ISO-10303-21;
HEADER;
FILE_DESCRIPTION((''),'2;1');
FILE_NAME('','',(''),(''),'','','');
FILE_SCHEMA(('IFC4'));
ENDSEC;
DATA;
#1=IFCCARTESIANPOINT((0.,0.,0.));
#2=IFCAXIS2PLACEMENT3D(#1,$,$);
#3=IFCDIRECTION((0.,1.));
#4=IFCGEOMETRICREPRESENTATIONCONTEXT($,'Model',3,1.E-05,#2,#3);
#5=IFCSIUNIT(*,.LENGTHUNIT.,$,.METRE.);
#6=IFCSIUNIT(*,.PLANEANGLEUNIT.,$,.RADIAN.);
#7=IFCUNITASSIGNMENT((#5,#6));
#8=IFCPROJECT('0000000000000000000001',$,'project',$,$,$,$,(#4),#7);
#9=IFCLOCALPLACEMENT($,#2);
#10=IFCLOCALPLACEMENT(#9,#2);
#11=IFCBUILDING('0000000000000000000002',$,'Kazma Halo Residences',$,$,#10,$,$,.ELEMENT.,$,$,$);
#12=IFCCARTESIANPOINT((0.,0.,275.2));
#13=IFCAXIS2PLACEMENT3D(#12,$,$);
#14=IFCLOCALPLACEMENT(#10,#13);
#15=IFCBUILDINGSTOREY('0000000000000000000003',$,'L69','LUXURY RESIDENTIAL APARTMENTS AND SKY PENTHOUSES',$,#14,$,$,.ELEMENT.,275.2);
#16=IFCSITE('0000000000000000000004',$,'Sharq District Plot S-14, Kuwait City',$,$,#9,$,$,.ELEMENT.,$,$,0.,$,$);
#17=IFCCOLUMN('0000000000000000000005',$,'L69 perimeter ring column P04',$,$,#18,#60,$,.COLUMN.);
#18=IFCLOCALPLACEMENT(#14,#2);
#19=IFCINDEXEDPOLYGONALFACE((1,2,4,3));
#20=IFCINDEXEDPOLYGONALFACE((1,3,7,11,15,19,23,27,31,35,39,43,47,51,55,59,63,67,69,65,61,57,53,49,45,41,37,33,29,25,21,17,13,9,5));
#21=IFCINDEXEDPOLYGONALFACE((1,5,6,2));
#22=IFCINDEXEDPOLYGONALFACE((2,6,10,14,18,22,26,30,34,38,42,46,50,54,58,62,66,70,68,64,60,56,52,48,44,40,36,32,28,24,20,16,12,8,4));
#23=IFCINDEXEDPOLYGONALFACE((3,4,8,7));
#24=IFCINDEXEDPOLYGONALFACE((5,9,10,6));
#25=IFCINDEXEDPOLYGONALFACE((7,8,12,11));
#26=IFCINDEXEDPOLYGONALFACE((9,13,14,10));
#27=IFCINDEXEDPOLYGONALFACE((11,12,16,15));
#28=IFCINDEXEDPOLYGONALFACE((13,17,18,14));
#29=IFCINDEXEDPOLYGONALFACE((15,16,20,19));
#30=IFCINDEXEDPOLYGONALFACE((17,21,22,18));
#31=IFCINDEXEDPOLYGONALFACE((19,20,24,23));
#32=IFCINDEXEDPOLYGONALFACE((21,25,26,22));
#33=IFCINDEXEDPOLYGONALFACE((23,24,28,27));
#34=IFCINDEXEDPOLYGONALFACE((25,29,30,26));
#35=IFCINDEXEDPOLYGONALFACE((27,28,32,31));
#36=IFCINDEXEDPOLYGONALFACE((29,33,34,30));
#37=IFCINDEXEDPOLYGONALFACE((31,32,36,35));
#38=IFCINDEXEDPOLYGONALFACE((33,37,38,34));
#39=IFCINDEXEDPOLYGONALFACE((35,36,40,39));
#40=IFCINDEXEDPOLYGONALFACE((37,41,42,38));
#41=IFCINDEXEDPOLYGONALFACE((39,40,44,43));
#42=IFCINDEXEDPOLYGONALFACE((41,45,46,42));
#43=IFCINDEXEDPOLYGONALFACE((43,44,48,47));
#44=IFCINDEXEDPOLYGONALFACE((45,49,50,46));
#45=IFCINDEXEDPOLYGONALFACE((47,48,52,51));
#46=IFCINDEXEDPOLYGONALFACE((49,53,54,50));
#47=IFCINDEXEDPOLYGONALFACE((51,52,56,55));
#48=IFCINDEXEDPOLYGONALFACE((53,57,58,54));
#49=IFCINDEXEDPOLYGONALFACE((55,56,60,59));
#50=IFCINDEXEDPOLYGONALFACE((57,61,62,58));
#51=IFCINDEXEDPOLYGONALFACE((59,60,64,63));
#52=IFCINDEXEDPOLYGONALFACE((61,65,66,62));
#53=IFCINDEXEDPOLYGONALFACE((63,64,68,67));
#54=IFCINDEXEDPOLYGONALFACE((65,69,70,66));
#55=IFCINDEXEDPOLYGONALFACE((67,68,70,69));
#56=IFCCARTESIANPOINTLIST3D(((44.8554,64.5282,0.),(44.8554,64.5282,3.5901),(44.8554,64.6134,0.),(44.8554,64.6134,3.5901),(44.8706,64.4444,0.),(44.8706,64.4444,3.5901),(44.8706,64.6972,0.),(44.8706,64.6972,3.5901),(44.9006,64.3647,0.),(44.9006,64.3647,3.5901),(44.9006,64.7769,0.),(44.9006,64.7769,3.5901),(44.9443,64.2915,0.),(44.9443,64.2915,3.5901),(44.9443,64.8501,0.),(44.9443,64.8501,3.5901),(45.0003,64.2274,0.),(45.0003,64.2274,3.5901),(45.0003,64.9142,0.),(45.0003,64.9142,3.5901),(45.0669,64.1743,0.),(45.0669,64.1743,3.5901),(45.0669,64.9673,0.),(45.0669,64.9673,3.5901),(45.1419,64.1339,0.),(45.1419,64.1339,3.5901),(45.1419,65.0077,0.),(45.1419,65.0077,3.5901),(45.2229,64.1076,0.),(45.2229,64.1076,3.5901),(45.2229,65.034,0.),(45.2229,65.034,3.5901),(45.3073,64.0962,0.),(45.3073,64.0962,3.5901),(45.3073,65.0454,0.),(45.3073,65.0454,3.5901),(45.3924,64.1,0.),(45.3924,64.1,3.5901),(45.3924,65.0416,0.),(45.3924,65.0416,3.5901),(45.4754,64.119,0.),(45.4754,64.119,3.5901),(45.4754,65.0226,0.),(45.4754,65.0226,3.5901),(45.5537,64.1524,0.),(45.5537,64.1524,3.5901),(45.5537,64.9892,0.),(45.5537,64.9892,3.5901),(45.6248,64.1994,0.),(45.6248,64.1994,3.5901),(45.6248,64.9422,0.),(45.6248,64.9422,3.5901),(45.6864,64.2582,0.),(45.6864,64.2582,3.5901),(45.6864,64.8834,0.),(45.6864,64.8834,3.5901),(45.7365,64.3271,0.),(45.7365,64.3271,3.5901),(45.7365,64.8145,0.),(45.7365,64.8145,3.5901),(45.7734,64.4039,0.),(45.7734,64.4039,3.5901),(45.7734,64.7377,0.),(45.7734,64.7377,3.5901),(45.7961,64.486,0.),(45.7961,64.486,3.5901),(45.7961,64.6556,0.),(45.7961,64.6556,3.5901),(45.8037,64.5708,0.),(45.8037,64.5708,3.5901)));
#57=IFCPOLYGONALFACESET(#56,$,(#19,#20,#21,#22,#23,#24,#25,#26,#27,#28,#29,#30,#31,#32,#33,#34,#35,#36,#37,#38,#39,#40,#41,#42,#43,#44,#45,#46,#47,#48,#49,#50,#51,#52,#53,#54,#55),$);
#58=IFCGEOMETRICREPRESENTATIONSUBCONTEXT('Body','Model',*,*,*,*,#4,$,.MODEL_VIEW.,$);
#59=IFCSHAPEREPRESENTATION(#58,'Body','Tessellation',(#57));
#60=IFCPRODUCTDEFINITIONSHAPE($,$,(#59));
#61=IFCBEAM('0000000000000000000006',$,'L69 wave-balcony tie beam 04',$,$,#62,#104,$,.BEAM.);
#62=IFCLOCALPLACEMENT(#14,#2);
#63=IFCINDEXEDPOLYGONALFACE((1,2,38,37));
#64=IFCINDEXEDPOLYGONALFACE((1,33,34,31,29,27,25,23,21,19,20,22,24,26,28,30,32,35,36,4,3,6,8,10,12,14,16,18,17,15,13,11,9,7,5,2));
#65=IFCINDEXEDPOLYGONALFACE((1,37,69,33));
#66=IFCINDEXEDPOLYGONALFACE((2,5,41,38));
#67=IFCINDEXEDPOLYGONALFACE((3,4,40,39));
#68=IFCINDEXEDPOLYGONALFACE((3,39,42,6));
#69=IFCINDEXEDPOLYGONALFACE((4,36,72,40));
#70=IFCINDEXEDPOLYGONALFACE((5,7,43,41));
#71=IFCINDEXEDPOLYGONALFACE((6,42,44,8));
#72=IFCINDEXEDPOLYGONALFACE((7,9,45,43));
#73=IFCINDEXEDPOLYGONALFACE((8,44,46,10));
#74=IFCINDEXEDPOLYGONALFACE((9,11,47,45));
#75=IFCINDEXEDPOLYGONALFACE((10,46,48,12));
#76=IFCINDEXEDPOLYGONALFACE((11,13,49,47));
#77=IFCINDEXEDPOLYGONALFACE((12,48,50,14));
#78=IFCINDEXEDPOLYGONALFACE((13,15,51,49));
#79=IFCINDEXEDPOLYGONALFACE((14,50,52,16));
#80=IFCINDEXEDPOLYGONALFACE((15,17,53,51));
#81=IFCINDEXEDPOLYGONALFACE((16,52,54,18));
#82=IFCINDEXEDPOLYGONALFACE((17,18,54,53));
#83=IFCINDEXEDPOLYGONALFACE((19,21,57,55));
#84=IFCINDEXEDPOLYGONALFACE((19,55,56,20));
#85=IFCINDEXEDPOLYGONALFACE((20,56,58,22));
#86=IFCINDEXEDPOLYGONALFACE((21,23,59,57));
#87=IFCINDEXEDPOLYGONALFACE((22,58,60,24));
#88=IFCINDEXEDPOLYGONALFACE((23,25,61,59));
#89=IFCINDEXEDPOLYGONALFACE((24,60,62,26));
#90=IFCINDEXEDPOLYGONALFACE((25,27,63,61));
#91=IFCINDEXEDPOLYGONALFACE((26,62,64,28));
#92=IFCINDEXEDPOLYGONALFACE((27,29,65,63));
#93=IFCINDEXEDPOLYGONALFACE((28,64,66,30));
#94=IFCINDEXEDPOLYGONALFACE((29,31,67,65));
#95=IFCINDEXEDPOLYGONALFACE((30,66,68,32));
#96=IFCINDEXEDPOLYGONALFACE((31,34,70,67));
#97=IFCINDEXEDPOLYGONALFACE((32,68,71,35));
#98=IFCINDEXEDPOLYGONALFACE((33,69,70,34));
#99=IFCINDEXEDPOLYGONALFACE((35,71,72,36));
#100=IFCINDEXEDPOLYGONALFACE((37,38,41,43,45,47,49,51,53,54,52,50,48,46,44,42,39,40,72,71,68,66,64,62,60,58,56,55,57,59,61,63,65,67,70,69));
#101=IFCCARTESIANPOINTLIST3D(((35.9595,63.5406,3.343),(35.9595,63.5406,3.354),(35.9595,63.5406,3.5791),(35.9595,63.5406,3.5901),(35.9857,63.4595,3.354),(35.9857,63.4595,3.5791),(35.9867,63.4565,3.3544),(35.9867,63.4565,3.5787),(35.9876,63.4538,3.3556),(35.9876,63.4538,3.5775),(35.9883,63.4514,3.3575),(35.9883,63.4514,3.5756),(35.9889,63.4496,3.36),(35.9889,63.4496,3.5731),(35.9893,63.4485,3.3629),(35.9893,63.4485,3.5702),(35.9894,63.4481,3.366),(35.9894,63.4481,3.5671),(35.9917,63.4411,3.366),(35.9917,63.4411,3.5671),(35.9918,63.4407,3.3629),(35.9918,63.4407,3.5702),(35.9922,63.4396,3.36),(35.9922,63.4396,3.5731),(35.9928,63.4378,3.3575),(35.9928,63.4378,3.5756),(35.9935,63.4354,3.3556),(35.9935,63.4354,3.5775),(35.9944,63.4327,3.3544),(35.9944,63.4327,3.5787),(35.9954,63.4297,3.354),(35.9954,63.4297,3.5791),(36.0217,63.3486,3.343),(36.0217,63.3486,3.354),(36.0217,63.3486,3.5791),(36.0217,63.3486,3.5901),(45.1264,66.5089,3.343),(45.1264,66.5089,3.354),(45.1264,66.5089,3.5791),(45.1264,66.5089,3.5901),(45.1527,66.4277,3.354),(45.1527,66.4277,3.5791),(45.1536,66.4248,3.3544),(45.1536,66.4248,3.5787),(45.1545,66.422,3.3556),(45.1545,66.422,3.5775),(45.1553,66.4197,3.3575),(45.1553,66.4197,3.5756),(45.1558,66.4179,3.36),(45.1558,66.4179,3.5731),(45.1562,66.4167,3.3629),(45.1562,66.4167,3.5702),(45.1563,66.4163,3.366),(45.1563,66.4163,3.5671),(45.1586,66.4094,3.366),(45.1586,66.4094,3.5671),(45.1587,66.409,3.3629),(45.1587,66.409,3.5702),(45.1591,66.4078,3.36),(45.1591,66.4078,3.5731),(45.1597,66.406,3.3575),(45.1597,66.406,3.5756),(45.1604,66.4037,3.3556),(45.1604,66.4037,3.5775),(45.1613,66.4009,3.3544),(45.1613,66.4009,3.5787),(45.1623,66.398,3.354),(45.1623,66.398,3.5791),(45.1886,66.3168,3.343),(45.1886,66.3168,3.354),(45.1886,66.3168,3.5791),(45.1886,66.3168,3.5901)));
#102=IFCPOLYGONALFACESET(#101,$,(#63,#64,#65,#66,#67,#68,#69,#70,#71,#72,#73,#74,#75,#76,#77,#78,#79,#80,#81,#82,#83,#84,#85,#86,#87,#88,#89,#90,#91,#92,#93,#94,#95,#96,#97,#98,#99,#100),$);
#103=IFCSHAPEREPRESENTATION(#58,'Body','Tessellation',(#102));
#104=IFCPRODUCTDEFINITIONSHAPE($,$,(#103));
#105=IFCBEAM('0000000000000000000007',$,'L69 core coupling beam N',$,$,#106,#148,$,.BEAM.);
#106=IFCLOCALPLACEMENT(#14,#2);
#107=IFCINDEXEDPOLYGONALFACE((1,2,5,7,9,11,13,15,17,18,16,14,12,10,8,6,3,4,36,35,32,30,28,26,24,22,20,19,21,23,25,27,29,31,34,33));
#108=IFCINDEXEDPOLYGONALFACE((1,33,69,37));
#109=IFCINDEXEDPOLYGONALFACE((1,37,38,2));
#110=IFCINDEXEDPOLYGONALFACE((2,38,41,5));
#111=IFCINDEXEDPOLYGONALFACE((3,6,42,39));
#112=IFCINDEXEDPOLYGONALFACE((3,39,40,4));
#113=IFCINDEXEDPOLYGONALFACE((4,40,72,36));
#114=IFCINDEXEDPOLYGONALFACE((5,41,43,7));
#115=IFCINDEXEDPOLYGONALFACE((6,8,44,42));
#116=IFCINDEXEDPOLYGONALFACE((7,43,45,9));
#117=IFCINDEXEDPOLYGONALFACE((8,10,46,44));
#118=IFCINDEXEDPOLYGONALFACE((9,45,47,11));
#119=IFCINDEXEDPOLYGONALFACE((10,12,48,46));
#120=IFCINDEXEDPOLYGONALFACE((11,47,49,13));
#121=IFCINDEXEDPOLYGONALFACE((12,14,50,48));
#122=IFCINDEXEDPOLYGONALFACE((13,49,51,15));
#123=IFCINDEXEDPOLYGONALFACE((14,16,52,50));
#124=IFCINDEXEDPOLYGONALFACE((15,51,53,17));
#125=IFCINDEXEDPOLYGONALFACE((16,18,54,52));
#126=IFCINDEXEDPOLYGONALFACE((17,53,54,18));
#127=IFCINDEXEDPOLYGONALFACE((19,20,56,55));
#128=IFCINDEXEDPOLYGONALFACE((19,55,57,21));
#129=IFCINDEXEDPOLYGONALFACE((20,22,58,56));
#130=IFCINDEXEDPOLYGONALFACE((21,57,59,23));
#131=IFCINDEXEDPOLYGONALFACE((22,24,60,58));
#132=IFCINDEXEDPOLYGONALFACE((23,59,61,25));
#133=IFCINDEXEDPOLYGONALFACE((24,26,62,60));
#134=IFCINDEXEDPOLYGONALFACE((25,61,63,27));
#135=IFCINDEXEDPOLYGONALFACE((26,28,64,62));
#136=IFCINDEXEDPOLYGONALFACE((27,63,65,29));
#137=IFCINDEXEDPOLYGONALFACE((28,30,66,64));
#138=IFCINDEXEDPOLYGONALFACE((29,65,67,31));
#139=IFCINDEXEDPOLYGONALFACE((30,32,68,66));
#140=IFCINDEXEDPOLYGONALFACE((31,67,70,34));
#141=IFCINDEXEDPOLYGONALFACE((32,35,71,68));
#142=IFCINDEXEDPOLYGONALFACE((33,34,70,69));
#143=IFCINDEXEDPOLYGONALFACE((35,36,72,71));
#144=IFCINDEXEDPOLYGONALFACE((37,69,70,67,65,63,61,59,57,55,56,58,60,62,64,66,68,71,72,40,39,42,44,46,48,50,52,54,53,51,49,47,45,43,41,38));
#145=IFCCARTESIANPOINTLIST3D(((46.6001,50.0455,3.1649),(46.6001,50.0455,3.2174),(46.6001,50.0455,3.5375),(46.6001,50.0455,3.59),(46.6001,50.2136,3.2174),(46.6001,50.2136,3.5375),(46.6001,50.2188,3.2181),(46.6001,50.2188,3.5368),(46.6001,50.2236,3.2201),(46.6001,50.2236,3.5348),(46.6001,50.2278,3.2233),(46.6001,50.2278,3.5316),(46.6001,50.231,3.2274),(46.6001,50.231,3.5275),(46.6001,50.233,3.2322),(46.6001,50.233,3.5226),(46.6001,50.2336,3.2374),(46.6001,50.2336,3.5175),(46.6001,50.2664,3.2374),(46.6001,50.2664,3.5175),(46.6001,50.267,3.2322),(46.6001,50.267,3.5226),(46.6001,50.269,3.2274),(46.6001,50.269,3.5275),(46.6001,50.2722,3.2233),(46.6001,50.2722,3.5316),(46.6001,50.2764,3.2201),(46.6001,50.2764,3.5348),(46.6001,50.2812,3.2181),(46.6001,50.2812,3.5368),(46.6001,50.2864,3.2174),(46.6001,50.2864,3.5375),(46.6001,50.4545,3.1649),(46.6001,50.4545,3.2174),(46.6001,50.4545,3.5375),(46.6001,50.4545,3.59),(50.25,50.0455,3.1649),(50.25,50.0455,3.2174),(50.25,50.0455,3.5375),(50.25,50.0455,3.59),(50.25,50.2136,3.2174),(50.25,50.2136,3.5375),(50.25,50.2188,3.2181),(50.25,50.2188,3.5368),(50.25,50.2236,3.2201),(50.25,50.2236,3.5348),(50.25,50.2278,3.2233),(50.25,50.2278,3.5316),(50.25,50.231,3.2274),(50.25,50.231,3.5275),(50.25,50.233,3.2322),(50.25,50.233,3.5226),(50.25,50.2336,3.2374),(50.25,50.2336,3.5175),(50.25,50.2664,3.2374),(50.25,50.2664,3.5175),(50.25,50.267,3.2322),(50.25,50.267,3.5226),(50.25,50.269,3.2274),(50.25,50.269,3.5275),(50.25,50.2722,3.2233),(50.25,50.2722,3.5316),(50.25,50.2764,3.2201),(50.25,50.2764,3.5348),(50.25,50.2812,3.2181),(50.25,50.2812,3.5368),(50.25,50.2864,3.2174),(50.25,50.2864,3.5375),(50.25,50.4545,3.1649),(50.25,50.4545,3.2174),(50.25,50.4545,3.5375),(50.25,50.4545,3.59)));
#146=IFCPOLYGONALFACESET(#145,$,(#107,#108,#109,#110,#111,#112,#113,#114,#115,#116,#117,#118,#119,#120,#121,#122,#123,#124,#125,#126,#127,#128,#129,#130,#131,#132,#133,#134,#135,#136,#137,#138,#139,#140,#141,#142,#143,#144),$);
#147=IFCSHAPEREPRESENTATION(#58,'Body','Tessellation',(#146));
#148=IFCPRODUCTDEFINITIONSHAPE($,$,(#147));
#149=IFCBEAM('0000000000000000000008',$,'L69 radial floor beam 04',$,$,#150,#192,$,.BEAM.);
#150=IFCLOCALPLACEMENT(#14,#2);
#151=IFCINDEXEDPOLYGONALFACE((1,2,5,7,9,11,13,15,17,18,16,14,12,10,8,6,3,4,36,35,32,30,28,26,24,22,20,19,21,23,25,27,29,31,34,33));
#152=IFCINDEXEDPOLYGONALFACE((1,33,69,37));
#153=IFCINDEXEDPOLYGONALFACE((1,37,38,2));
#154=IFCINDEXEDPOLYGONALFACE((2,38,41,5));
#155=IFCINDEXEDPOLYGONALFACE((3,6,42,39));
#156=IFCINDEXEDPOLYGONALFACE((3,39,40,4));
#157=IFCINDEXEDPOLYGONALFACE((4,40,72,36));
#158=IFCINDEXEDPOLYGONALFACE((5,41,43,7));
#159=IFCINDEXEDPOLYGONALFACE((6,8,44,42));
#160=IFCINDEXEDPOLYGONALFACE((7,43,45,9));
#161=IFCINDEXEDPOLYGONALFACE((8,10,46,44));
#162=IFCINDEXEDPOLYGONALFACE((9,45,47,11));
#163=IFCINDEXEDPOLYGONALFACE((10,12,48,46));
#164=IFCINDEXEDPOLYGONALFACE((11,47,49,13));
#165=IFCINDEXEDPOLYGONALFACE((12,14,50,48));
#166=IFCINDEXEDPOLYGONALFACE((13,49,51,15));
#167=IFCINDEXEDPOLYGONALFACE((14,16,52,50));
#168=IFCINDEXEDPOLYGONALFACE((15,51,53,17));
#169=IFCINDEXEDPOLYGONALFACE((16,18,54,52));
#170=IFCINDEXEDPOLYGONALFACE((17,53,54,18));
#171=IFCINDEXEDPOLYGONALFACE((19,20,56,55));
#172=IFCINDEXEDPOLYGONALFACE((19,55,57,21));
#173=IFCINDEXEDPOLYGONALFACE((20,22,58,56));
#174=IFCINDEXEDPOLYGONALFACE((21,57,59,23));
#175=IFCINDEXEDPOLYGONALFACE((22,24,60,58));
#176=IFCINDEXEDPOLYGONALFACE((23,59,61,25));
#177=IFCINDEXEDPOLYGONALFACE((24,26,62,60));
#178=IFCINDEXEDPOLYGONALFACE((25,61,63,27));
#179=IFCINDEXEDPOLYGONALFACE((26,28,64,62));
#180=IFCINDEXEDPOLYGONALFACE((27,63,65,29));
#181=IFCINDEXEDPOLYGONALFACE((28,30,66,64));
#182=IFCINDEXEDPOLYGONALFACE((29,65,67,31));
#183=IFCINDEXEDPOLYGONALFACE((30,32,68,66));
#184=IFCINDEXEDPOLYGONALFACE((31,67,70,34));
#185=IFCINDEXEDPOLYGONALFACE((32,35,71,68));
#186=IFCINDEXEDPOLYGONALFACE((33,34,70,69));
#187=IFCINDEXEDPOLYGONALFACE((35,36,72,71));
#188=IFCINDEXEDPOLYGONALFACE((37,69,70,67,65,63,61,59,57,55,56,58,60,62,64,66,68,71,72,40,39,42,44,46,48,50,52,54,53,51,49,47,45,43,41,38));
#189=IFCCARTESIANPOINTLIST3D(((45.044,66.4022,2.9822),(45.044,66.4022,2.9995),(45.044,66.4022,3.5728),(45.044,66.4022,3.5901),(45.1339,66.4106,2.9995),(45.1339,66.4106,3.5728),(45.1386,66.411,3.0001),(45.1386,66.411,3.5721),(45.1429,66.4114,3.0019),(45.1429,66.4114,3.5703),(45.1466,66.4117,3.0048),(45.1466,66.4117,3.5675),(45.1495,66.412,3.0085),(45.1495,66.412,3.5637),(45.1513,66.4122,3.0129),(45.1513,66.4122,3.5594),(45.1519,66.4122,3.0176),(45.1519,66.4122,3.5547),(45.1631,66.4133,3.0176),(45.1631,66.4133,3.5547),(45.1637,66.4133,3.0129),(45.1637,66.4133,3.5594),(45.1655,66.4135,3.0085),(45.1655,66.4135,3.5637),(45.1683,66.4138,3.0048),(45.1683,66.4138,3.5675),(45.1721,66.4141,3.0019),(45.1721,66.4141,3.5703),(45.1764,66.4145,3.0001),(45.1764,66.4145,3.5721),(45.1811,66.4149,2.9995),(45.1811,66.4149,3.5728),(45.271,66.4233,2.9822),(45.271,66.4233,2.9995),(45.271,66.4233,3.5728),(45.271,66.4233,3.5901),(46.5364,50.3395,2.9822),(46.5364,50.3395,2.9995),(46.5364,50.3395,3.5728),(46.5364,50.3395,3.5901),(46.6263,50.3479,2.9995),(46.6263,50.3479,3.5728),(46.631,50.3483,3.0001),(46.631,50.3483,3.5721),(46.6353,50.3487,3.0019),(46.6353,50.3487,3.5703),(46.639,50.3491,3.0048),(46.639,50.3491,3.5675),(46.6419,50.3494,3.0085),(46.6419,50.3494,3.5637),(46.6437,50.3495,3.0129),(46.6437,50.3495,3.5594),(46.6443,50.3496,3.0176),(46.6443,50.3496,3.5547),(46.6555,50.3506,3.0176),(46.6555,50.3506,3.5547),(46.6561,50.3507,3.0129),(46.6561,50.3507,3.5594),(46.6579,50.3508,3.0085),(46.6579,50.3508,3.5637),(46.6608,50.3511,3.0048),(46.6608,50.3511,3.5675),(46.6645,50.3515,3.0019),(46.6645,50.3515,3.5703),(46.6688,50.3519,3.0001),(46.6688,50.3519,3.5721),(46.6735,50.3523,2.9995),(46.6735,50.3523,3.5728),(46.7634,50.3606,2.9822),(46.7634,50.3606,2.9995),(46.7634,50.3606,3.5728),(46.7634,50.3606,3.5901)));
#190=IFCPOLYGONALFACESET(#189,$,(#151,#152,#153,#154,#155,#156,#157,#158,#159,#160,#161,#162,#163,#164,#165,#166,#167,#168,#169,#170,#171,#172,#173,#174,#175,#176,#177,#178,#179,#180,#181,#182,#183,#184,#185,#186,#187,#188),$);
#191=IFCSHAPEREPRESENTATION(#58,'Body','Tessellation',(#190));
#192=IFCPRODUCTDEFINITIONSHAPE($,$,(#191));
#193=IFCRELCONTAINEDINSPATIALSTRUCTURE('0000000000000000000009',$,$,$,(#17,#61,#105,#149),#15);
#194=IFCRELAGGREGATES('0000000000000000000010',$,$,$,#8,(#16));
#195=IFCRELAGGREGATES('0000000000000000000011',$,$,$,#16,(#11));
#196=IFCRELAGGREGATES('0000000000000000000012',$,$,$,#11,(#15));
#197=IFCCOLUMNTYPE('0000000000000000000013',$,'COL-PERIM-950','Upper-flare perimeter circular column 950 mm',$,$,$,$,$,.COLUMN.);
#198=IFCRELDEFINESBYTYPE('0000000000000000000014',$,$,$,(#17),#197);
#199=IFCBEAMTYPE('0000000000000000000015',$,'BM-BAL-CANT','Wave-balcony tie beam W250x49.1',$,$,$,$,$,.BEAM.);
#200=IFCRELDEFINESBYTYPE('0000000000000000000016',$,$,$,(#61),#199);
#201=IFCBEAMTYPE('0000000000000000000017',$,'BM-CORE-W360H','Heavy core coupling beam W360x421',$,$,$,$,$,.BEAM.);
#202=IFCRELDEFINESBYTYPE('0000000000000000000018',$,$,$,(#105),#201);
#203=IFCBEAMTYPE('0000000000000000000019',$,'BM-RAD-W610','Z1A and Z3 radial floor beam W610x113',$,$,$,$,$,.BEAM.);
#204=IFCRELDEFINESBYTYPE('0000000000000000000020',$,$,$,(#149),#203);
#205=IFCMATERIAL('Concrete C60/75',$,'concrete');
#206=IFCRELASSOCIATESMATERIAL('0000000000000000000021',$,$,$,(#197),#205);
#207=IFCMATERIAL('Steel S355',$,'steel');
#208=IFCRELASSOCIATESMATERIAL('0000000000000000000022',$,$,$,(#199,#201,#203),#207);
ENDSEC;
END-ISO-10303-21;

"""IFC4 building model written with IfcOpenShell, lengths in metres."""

from ifc_helpers import new_model, si_unit, direction, frame, origin, origin_2d, place, context, subcontext, project, spatial, circle, i_section, extrude, material, material_profile, profile_set, type_object, element, save


model = new_model("IFC4")

# Units and contexts
model_context = context("Model", 3, precision=1e-05, world=origin(), true_north=direction((0.0, 1.0)))
body_context = subcontext(model_context, "Body", "Model", "MODEL_VIEW")
ifc_project = project(units=[si_unit("LENGTHUNIT", "METRE"), si_unit("PLANEANGLEUNIT", "RADIAN")], contexts=[model_context])

# Site, building, storey
site_placement = place(None, origin())
site = spatial("IfcSite", under=ifc_project, at=site_placement, Name="Sharq District Plot S-14, Kuwait City", CompositionType="ELEMENT", RefElevation=0.0)
building_placement = place(site_placement, origin())
building = spatial("IfcBuilding", under=site, at=building_placement, Name="Kazma Halo Residences", CompositionType="ELEMENT")
storey_placement = place(building_placement, frame((0.0, 0.0, 275.2)))
storey = spatial("IfcBuildingStorey", under=building, at=storey_placement, Name="L69", Description="LUXURY RESIDENTIAL APARTMENTS AND SKY PENTHOUSES", CompositionType="ELEMENT", Elevation=275.2)

# Column
ifc_material_1 = material(Name="Concrete C60/75", Category="concrete")
ifc_material_profile_1 = material_profile(ifc_material_1, circle(Radius=0.4751, at=origin_2d()), Name="CIRC950")
ifc_profile_set_1 = profile_set([ifc_material_profile_1], Name="Concrete C60/75")
column_type = type_object("IfcColumnType", Name="COL-PERIM-950", Description="Upper-flare perimeter circular column 950 mm", PredefinedType="COLUMN", material=ifc_profile_set_1)
column_placement = place(storey_placement, frame((45.3286, 64.5708, 0.0), z_axis=(0.0, 0.0, 1.0), x_axis=(1.0, 0.0, 0.0)))
element("IfcColumn", 1, at=column_placement, inside=storey, type_object=column_type, Name="L69 perimeter ring column P04", PredefinedType="COLUMN", context=body_context, shape_type="SweptSolid", body=[
    extrude(circle(Radius=0.4751, at=origin_2d()), origin(), (0.0, 0.0, 1.0), 3.5901),
])

# Beams
ifc_material_2 = material(Name="Steel S355", Category="steel")
ifc_material_profile_2 = material_profile(ifc_material_2, i_section(OverallWidth=0.2019, OverallDepth=0.2471, WebThickness=0.0073, FlangeThickness=0.011, FilletRadius=0.012, at=origin_2d()), Name="W250x49.1")
ifc_profile_set_2 = profile_set([ifc_material_profile_2], Name="Steel S355")
beam_type_1 = type_object("IfcBeamType", Name="BM-BAL-CANT", Description="Wave-balcony tie beam W250x49.1", PredefinedType="BEAM", material=ifc_profile_set_2)
beam_1_placement = place(storey_placement, frame((45.1575, 66.4128, 3.4666), z_axis=(-0.951369, -0.308052, 0.0), x_axis=(0.308052, -0.951369, 0.0)))
element("IfcBeam", 2, at=beam_1_placement, inside=storey, type_object=beam_type_1, Name="L69 wave-balcony tie beam 04", PredefinedType="BEAM", context=body_context, shape_type="SweptSolid", body=[
    extrude(i_section(OverallWidth=0.2019, OverallDepth=0.2471, WebThickness=0.0073, FlangeThickness=0.011, FilletRadius=0.012, at=origin_2d()), origin(), (0.0, 0.0, 1.0), 9.6355),
])
ifc_material_profile_3 = material_profile(ifc_material_2, i_section(OverallWidth=0.4089, OverallDepth=0.425, WebThickness=0.0327, FlangeThickness=0.0525, FilletRadius=0.02, at=origin_2d()), Name="W360x421")
ifc_profile_set_3 = profile_set([ifc_material_profile_3], Name="Steel S355")
beam_type_2 = type_object("IfcBeamType", Name="BM-CORE-W360H", Description="Heavy core coupling beam W360x421", PredefinedType="BEAM", material=ifc_profile_set_3)
beam_2_placement = place(storey_placement, frame((46.6001, 50.25, 3.3774), z_axis=(1.0, 0.0, 0.0), x_axis=(0.0, 1.0, 0.0)))
element("IfcBeam", 3, at=beam_2_placement, inside=storey, type_object=beam_type_2, Name="L69 core coupling beam N", PredefinedType="BEAM", context=body_context, shape_type="SweptSolid", body=[
    extrude(i_section(OverallWidth=0.4089, OverallDepth=0.425, WebThickness=0.0327, FlangeThickness=0.0525, FilletRadius=0.02, at=origin_2d()), origin(), (0.0, 0.0, 1.0), 3.6499),
])
ifc_material_profile_4 = material_profile(ifc_material_2, i_section(OverallWidth=0.228, OverallDepth=0.6079, WebThickness=0.0112, FlangeThickness=0.0173, FilletRadius=0.0181, at=origin_2d()), Name="W610x113")
ifc_profile_set_4 = profile_set([ifc_material_profile_4], Name="Steel S355")
beam_type_3 = type_object("IfcBeamType", Name="BM-RAD-W610", Description="Z1A and Z3 radial floor beam W610x113", PredefinedType="BEAM", material=ifc_profile_set_4)
beam_3_placement = place(storey_placement, frame((46.6499, 50.3501, 3.2861), z_axis=(-0.092514, 0.995711, 0.0), x_axis=(-0.995711, -0.092514, 0.0)))
element("IfcBeam", 4, at=beam_3_placement, inside=storey, type_object=beam_type_3, Name="L69 radial floor beam 04", PredefinedType="BEAM", context=body_context, shape_type="SweptSolid", body=[
    extrude(i_section(OverallWidth=0.228, OverallDepth=0.6079, WebThickness=0.0112, FlangeThickness=0.0173, FilletRadius=0.0181, at=origin_2d()), origin(), (0.0, 0.0, 1.0), 16.1318),
])

save(model, "model.ifc")
